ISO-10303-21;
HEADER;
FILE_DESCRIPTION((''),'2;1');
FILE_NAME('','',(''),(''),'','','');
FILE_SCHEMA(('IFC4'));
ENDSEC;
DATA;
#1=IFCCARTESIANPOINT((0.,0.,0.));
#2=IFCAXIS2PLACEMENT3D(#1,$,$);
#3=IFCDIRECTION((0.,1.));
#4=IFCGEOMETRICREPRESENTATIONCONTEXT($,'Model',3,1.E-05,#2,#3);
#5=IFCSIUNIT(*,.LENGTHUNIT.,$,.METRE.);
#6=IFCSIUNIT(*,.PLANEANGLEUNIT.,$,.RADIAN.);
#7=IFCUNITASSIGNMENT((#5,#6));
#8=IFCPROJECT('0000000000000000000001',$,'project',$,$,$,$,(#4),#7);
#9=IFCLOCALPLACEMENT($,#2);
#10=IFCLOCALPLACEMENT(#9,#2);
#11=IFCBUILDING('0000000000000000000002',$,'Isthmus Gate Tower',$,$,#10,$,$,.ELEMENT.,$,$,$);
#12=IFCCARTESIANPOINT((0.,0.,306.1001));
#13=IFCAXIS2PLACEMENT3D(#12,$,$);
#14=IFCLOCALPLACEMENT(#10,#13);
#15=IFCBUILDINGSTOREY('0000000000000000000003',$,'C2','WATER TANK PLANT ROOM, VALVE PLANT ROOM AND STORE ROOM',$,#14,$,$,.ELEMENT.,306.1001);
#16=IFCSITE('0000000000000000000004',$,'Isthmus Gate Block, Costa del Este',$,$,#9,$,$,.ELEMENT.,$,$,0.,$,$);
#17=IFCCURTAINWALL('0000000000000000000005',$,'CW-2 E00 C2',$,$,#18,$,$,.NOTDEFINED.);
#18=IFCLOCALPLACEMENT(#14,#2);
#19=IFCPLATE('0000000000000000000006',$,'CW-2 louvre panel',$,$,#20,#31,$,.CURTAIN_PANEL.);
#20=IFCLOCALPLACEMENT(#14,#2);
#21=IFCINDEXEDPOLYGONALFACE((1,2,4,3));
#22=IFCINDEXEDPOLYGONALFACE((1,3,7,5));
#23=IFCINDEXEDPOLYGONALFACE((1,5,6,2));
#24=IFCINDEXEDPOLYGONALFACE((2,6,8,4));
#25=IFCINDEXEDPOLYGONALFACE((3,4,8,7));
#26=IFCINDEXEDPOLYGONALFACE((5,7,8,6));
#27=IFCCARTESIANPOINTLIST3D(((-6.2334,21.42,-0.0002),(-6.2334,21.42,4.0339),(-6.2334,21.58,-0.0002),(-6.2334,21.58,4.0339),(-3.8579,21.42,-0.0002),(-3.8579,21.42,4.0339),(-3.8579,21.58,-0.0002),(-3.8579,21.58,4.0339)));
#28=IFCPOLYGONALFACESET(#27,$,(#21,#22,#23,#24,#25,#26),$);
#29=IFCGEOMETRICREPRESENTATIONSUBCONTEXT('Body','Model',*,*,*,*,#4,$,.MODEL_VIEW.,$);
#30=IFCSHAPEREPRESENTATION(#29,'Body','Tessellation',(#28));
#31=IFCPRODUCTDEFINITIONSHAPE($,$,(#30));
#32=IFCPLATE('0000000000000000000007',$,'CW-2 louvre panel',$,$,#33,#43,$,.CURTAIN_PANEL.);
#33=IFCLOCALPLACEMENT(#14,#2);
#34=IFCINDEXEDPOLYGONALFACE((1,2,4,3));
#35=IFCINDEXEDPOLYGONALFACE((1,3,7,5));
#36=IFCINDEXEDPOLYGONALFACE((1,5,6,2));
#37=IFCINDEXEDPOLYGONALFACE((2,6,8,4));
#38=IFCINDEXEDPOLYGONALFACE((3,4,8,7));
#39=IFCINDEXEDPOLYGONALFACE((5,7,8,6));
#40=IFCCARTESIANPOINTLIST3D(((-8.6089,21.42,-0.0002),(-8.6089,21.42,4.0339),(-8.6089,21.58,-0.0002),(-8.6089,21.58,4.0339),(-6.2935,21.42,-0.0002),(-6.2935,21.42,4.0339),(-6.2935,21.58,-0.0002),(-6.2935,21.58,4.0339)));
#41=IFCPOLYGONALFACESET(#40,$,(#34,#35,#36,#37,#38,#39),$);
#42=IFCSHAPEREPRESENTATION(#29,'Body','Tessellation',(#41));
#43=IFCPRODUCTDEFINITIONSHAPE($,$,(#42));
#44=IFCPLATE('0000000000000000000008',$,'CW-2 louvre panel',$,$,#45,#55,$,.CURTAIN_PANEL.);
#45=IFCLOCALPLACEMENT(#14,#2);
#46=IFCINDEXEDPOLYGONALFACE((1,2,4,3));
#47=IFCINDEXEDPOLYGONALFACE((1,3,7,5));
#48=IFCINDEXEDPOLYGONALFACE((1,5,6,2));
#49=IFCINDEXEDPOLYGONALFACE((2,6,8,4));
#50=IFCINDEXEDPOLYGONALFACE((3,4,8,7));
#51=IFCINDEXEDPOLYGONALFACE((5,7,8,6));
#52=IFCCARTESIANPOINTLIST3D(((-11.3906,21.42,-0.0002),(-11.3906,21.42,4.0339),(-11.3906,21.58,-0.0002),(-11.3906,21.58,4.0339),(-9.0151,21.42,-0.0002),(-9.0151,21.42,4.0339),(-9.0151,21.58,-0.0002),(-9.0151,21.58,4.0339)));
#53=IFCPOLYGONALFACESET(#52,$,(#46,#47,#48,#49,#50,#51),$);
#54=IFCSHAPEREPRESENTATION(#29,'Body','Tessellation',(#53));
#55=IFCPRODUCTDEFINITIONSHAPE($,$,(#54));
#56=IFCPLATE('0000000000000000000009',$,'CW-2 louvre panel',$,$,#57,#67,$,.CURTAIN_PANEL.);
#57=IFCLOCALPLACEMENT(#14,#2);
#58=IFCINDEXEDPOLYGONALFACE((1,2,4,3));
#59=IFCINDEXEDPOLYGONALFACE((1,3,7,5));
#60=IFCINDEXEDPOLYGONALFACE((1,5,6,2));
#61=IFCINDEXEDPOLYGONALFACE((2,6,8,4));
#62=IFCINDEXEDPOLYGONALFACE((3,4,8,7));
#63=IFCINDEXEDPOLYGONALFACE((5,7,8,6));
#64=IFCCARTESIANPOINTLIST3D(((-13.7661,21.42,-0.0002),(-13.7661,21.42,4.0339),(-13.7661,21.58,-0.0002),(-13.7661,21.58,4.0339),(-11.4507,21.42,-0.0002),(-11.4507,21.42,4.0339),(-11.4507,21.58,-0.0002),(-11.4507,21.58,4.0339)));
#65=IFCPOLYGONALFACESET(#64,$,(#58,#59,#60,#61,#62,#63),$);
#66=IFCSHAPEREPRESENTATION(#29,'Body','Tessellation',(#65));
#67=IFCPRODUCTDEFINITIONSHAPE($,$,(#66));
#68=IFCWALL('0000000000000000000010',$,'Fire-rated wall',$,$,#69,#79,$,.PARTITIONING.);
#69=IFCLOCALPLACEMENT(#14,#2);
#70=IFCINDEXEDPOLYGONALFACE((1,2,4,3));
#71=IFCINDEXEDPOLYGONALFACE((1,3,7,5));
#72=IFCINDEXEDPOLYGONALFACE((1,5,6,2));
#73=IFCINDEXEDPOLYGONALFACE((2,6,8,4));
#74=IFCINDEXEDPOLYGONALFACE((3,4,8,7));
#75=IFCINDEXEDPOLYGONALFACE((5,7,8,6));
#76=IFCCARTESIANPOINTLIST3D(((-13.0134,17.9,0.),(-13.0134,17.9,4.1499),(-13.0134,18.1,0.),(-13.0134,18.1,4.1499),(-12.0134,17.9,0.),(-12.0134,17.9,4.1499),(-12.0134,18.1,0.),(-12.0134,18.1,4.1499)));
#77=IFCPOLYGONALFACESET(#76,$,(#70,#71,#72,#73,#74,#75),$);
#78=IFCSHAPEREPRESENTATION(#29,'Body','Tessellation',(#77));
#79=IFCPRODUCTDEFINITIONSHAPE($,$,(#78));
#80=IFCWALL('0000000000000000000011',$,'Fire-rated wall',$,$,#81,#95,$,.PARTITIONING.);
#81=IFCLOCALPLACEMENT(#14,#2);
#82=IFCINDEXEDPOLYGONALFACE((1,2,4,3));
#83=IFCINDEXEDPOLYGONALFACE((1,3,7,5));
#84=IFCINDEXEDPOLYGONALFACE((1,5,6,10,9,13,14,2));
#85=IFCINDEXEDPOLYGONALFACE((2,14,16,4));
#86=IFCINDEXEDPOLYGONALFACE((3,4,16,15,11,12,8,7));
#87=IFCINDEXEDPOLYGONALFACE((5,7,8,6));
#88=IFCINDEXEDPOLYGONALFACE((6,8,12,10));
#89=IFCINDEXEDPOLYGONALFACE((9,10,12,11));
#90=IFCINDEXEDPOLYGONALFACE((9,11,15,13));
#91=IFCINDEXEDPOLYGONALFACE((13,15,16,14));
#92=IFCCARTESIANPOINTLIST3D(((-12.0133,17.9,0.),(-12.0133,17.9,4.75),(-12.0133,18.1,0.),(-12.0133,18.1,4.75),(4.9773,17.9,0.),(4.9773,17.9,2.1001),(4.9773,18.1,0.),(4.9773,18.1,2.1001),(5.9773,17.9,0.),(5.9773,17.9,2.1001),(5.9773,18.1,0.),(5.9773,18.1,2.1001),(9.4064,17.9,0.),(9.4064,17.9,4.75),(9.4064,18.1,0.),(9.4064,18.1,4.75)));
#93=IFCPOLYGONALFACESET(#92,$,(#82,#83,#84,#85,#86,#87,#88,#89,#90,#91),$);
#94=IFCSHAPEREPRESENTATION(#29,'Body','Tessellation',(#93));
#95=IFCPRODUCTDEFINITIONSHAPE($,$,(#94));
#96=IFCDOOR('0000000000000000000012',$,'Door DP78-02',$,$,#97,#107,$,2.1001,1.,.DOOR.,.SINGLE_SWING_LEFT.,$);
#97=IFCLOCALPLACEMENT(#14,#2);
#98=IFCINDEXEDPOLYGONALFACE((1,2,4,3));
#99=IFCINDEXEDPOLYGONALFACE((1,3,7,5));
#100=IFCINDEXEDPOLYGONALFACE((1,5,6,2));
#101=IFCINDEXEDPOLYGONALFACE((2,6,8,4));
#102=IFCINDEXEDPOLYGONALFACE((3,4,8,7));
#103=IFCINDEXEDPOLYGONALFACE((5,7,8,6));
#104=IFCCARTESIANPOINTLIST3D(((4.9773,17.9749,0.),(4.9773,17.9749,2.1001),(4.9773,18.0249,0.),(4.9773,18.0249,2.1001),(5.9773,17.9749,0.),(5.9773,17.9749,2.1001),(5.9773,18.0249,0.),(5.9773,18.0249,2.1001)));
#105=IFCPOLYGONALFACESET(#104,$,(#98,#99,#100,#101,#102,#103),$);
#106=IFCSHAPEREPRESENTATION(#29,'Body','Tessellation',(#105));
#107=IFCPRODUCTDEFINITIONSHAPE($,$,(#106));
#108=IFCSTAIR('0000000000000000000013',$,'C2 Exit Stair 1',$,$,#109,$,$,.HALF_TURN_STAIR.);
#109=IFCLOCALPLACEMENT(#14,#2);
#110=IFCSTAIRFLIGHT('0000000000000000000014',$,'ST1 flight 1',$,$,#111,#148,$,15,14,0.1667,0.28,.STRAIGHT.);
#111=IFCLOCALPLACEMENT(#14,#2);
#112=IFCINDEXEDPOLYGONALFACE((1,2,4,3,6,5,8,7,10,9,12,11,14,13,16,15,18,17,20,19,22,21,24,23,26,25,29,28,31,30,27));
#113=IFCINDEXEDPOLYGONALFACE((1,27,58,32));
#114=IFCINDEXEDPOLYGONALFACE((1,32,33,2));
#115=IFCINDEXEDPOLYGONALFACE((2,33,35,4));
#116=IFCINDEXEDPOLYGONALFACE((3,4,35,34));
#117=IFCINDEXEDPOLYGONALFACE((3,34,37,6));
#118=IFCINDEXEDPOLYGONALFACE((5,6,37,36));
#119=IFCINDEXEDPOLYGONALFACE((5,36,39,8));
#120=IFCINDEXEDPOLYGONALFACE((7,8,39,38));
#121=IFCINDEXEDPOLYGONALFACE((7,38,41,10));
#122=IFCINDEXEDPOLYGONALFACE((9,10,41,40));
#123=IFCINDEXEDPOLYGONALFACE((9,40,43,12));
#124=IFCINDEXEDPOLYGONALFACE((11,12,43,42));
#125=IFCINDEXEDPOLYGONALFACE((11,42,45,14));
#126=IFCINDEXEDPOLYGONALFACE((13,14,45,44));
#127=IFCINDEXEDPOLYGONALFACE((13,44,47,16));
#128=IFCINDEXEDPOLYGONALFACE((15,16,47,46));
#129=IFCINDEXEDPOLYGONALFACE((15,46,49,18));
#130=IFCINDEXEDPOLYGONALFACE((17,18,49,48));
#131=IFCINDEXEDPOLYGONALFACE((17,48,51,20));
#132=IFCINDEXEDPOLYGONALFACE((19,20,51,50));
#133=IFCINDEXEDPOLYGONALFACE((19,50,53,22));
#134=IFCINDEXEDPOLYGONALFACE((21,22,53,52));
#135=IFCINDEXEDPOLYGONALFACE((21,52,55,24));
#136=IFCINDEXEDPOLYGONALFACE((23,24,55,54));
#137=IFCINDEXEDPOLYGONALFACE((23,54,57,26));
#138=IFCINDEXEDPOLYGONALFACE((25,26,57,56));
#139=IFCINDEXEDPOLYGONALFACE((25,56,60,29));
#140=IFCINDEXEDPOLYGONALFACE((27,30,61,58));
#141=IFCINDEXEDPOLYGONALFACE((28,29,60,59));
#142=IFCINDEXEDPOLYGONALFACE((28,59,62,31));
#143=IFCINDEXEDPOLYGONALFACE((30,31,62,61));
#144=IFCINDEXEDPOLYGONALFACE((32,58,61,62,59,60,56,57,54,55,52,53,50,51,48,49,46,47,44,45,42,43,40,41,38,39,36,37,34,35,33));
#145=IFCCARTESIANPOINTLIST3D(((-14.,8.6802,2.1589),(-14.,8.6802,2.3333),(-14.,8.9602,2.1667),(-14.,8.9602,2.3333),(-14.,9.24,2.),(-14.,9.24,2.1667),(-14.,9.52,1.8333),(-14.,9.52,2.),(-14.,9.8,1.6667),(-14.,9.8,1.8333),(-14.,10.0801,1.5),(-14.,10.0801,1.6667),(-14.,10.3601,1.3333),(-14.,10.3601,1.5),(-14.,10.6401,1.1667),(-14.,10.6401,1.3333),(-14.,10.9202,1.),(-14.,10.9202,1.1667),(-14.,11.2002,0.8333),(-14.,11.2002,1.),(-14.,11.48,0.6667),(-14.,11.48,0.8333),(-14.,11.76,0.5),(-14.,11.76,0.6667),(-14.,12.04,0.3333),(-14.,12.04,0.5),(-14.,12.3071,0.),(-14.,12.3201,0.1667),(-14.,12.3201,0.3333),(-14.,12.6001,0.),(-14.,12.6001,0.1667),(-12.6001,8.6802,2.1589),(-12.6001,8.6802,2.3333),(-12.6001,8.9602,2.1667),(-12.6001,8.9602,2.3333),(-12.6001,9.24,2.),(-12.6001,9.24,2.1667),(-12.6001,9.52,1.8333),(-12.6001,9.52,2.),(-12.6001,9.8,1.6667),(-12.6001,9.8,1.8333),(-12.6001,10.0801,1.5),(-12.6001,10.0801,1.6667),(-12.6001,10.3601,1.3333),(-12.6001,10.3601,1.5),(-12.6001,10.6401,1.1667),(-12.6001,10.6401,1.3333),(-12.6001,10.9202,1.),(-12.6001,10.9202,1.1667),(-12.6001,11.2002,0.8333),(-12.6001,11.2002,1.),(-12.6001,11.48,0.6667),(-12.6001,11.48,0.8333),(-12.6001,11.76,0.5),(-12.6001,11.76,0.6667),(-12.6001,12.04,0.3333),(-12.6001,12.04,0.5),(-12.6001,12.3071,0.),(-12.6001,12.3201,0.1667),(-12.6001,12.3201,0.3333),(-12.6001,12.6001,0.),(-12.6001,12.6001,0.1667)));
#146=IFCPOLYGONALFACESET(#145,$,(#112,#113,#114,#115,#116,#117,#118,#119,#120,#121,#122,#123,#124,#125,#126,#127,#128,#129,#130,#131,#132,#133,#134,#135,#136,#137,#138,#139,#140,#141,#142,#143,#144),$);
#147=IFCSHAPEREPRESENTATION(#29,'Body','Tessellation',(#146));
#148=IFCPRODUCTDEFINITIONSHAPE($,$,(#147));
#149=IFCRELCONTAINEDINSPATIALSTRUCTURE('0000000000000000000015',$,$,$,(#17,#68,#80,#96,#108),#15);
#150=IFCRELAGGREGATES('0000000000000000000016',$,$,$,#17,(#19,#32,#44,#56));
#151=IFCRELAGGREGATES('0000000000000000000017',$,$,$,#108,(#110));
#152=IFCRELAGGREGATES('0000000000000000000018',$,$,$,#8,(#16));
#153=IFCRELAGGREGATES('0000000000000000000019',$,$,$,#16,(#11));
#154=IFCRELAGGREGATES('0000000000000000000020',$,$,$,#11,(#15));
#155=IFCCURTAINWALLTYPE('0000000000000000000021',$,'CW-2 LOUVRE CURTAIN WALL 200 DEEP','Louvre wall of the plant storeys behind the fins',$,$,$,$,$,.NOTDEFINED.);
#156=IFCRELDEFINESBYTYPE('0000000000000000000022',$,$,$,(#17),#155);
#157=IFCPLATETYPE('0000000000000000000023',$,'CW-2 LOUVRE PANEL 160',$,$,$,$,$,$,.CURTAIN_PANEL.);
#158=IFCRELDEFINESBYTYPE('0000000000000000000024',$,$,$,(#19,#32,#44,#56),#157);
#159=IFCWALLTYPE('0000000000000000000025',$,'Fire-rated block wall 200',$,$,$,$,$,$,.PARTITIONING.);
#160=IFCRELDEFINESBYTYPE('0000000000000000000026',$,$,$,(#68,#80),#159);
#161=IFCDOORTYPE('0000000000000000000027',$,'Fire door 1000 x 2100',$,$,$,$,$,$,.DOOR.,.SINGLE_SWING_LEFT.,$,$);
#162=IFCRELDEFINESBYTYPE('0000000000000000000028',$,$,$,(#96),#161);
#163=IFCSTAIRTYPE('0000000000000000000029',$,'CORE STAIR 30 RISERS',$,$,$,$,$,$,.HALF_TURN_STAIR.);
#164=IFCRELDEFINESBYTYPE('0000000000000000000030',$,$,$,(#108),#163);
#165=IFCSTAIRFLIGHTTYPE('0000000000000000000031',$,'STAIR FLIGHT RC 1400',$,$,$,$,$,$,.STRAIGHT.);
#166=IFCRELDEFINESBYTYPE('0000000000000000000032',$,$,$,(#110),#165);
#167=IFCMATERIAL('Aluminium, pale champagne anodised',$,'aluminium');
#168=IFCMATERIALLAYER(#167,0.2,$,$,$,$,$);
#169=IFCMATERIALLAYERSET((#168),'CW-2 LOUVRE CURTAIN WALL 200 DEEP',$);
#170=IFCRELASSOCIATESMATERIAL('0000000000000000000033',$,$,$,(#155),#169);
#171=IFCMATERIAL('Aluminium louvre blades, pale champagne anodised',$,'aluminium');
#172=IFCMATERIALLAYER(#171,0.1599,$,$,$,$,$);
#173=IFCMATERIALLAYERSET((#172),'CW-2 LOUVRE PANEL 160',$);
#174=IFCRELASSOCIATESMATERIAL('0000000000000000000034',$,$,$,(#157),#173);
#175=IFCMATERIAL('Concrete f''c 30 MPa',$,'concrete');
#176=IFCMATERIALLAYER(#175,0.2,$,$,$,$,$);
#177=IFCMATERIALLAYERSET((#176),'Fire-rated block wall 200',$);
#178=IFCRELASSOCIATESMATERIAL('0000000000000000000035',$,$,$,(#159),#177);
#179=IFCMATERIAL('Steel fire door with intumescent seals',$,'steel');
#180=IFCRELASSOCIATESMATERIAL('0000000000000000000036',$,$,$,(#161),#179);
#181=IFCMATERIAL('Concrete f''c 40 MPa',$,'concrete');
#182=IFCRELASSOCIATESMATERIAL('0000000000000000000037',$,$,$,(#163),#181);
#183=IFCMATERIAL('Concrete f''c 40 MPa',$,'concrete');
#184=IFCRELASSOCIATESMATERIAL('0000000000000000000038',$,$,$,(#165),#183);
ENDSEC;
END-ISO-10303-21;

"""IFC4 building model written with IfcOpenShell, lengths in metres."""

from ifc_helpers import new_model, si_unit, direction, frame, frame_2d, origin, origin_2d, place, context, subcontext, project, spatial, polyline, rectangle, outline, extrude, material, layer, layer_set, type_object, element, fill, aggregate, save


model = new_model("IFC4")

# Units and contexts
model_context = context("Model", 3, precision=1e-05, world=origin(), true_north=direction((0.0, 1.0)))
body_context = subcontext(model_context, "Body", "Model", "MODEL_VIEW")
ifc_project = project(units=[si_unit("LENGTHUNIT", "METRE"), si_unit("PLANEANGLEUNIT", "RADIAN")], contexts=[model_context])

# Site, building, storey
site_placement = place(None, origin())
site = spatial("IfcSite", under=ifc_project, at=site_placement, Name="Isthmus Gate Block, Costa del Este", CompositionType="ELEMENT", RefElevation=0.0)
building_placement = place(site_placement, origin())
building = spatial("IfcBuilding", under=site, at=building_placement, Name="Isthmus Gate Tower", CompositionType="ELEMENT")
storey_placement = place(building_placement, frame((0.0, 0.0, 306.1001)))
storey = spatial("IfcBuildingStorey", under=building, at=storey_placement, Name="C2", Description="WATER TANK PLANT ROOM, VALVE PLANT ROOM AND STORE ROOM", CompositionType="ELEMENT", Elevation=306.1001)

# Curtain wall
ifc_material_1 = material(Name="Aluminium, pale champagne anodised", Category="aluminium")
ifc_layer_1 = layer(ifc_material_1, 0.2)
ifc_layer_set_1 = layer_set([ifc_layer_1], Name="CW-2 LOUVRE CURTAIN WALL 200 DEEP")
curtain_wall_type = type_object("IfcCurtainWallType", Name="CW-2 LOUVRE CURTAIN WALL 200 DEEP", Description="Louvre wall of the plant storeys behind the fins", PredefinedType="NOTDEFINED", material=ifc_layer_set_1)
curtain_wall_placement = place(storey_placement, origin())
curtain_wall = element("IfcCurtainWall", 1, at=curtain_wall_placement, inside=storey, type_object=curtain_wall_type, Name="CW-2 E00 C2", PredefinedType="NOTDEFINED")

# Plates
ifc_material_2 = material(Name="Aluminium louvre blades, pale champagne anodised", Category="aluminium")
ifc_layer_2 = layer(ifc_material_2, 0.1599)
ifc_layer_set_2 = layer_set([ifc_layer_2], Name="CW-2 LOUVRE PANEL 160")
plate_type = type_object("IfcPlateType", Name="CW-2 LOUVRE PANEL 160", PredefinedType="CURTAIN_PANEL", material=ifc_layer_set_2)
plate_1_placement = place(storey_placement, frame((-5.0457, 21.5, -0.0002), z_axis=(0.0, 0.0, 1.0), x_axis=(-1.0, 0.0, 0.0)))
plate_1 = element("IfcPlate", 2, at=plate_1_placement, type_object=plate_type, Name="CW-2 louvre panel", PredefinedType="CURTAIN_PANEL", context=body_context, shape_type="SweptSolid", body=[
    extrude(rectangle(XDim=2.3755, YDim=0.1599, at=origin_2d()), origin(), (0.0, 0.0, 1.0), 4.0342),
])
plate_2_placement = place(storey_placement, frame((-7.4512, 21.5, -0.0002), z_axis=(0.0, 0.0, 1.0), x_axis=(-1.0, 0.0, 0.0)))
plate_2 = element("IfcPlate", 3, at=plate_2_placement, type_object=plate_type, Name="CW-2 louvre panel", PredefinedType="CURTAIN_PANEL", context=body_context, shape_type="SweptSolid", body=[
    extrude(rectangle(XDim=2.3154, YDim=0.1599, at=origin_2d()), origin(), (0.0, 0.0, 1.0), 4.0342),
])
plate_3_placement = place(storey_placement, frame((-10.2029, 21.5, -0.0002), z_axis=(0.0, 0.0, 1.0), x_axis=(-1.0, 0.0, 0.0)))
plate_3 = element("IfcPlate", 4, at=plate_3_placement, type_object=plate_type, Name="CW-2 louvre panel", PredefinedType="CURTAIN_PANEL", context=body_context, shape_type="SweptSolid", body=[
    extrude(rectangle(XDim=2.3755, YDim=0.1599, at=origin_2d()), origin(), (0.0, 0.0, 1.0), 4.0342),
])
plate_4_placement = place(storey_placement, frame((-12.6084, 21.5, -0.0002), z_axis=(0.0, 0.0, 1.0), x_axis=(-1.0, 0.0, 0.0)))
plate_4 = element("IfcPlate", 5, at=plate_4_placement, type_object=plate_type, Name="CW-2 louvre panel", PredefinedType="CURTAIN_PANEL", context=body_context, shape_type="SweptSolid", body=[
    extrude(rectangle(XDim=2.3154, YDim=0.1599, at=origin_2d()), origin(), (0.0, 0.0, 1.0), 4.0342),
])
aggregate(curtain_wall, [plate_1, plate_2, plate_3, plate_4])

# Wall
ifc_material_3 = material(Name="Concrete f'c 30 MPa", Category="concrete")
ifc_layer_3 = layer(ifc_material_3, 0.2)
ifc_layer_set_3 = layer_set([ifc_layer_3], Name="Fire-rated block wall 200")
wall_type = type_object("IfcWallType", Name="Fire-rated block wall 200", PredefinedType="PARTITIONING", material=ifc_layer_set_3)
wall_1_placement = place(storey_placement, frame((-13.0134, 18.0, 0.0), z_axis=(0.0, 0.0, 1.0), x_axis=(1.0, 0.0, 0.0)))
element("IfcWall", 6, at=wall_1_placement, inside=storey, type_object=wall_type, Name="Fire-rated wall", PredefinedType="PARTITIONING", context=body_context, shape_type="SweptSolid", body=[
    extrude(rectangle(XDim=1.0, YDim=0.2, at=frame_2d((0.5, 0.0))), origin(), (0.0, 0.0, 1.0), 4.1499),
])

# Wall, opening, door
wall_2_placement = place(storey_placement, frame((-12.0134, 18.0, 0.0), z_axis=(0.0, 0.0, 1.0), x_axis=(1.0, 0.0, 0.0)))
wall_2 = element("IfcWall", 7, at=wall_2_placement, inside=storey, type_object=wall_type, Name="Fire-rated wall", PredefinedType="PARTITIONING", context=body_context, shape_type="SweptSolid", body=[
    extrude(rectangle(XDim=21.4197, YDim=0.2, at=frame_2d((10.71, 0.0))), origin(), (0.0, 0.0, 1.0), 4.75),
])
opening_placement = place(wall_2_placement, frame((16.9907, 0.0, 0.0)))
opening = element("IfcOpeningElement", 8, at=opening_placement, cuts=wall_2, PredefinedType="OPENING", context=body_context, shape_type="SweptSolid", body=[
    extrude(rectangle(XDim=1.0, YDim=2.1001, at=frame_2d((0.5, 1.05))), frame((0.0, 0.1099, 0.0), z_axis=(0.0, -1.0, 0.0), x_axis=(1.0, 0.0, 0.0)), (0.0, 0.0, 1.0), 0.22),
])
ifc_material_4 = material(Name="Steel fire door with intumescent seals", Category="steel")
door_type = type_object("IfcDoorType", Name="Fire door 1000 x 2100", OperationType="SINGLE_SWING_LEFT", PredefinedType="DOOR", material=ifc_material_4)
door_placement = place(opening_placement, origin())
door = element("IfcDoor", 9, at=door_placement, inside=storey, type_object=door_type, Name="Door DP78-02", OperationType="SINGLE_SWING_LEFT", OverallHeight=2.1001, OverallWidth=1.0, PredefinedType="DOOR", context=body_context, shape_type="SweptSolid", body=[
    extrude(rectangle(XDim=1.0, YDim=2.1001, at=frame_2d((0.5, 1.05))), frame((0.0, 0.0249, 0.0), z_axis=(0.0, -1.0, 0.0), x_axis=(1.0, 0.0, 0.0)), (0.0, 0.0, 1.0), 0.05),
])
fill(opening, door)

# Stair, stair flight
ifc_material_5 = material(Name="Concrete f'c 40 MPa", Category="concrete")
stair_type = type_object("IfcStairType", Name="CORE STAIR 30 RISERS", PredefinedType="HALF_TURN_STAIR", material=ifc_material_5)
stair_placement = place(storey_placement, origin())
stair = element("IfcStair", 10, at=stair_placement, inside=storey, type_object=stair_type, Name="C2 Exit Stair 1", PredefinedType="HALF_TURN_STAIR")
ifc_material_6 = material(Name="Concrete f'c 40 MPa", Category="concrete")
stair_flight_type = type_object("IfcStairFlightType", Name="STAIR FLIGHT RC 1400", PredefinedType="STRAIGHT", material=ifc_material_6)
stair_flight_placement = place(storey_placement, frame((-13.3, 12.6001, 0.0), z_axis=(0.0, 0.0, 1.0), x_axis=(0.0, -1.0, 0.0)))
stair_flight = element("IfcStairFlight", 11, at=stair_flight_placement, type_object=stair_flight_type, Name="ST1 flight 1", NumberOfRisers=15, NumberOfTreads=14, PredefinedType="STRAIGHT", RiserHeight=0.1667, TreadLength=0.28, context=body_context, shape_type="SweptSolid", body=[
    extrude(outline(polyline([(0.0, 0.0), (0.0, 0.1667), (0.28, 0.1667), (0.28, 0.3333), (0.5601, 0.3333), (0.5601, 0.5), (0.8401, 0.5), (0.8401, 0.6667), (1.1201, 0.6667), (1.1201, 0.8333), (1.3999, 0.8333), (1.3999, 1.0), (1.6799, 1.0), (1.6799, 1.1667), (1.96, 1.1667), (1.96, 1.3333), (2.24, 1.3333), (2.24, 1.5), (2.52, 1.5), (2.52, 1.6667), (2.8, 1.6667), (2.8, 1.8333), (3.0801, 1.8333), (3.0801, 2.0), (3.3601, 2.0), (3.3601, 2.1667), (3.6399, 2.1667), (3.6399, 2.3333), (3.9199, 2.3333), (3.9199, 2.5), (3.9199, 2.1589), (0.293, 0.0), (0.0, 0.0)])), frame((0.0, 0.7, 0.0), z_axis=(0.0, -1.0, 0.0), x_axis=(1.0, 0.0, 0.0)), (0.0, 0.0, 1.0), 1.3999),
])
aggregate(stair, [stair_flight])

save(model, "model.ifc")
